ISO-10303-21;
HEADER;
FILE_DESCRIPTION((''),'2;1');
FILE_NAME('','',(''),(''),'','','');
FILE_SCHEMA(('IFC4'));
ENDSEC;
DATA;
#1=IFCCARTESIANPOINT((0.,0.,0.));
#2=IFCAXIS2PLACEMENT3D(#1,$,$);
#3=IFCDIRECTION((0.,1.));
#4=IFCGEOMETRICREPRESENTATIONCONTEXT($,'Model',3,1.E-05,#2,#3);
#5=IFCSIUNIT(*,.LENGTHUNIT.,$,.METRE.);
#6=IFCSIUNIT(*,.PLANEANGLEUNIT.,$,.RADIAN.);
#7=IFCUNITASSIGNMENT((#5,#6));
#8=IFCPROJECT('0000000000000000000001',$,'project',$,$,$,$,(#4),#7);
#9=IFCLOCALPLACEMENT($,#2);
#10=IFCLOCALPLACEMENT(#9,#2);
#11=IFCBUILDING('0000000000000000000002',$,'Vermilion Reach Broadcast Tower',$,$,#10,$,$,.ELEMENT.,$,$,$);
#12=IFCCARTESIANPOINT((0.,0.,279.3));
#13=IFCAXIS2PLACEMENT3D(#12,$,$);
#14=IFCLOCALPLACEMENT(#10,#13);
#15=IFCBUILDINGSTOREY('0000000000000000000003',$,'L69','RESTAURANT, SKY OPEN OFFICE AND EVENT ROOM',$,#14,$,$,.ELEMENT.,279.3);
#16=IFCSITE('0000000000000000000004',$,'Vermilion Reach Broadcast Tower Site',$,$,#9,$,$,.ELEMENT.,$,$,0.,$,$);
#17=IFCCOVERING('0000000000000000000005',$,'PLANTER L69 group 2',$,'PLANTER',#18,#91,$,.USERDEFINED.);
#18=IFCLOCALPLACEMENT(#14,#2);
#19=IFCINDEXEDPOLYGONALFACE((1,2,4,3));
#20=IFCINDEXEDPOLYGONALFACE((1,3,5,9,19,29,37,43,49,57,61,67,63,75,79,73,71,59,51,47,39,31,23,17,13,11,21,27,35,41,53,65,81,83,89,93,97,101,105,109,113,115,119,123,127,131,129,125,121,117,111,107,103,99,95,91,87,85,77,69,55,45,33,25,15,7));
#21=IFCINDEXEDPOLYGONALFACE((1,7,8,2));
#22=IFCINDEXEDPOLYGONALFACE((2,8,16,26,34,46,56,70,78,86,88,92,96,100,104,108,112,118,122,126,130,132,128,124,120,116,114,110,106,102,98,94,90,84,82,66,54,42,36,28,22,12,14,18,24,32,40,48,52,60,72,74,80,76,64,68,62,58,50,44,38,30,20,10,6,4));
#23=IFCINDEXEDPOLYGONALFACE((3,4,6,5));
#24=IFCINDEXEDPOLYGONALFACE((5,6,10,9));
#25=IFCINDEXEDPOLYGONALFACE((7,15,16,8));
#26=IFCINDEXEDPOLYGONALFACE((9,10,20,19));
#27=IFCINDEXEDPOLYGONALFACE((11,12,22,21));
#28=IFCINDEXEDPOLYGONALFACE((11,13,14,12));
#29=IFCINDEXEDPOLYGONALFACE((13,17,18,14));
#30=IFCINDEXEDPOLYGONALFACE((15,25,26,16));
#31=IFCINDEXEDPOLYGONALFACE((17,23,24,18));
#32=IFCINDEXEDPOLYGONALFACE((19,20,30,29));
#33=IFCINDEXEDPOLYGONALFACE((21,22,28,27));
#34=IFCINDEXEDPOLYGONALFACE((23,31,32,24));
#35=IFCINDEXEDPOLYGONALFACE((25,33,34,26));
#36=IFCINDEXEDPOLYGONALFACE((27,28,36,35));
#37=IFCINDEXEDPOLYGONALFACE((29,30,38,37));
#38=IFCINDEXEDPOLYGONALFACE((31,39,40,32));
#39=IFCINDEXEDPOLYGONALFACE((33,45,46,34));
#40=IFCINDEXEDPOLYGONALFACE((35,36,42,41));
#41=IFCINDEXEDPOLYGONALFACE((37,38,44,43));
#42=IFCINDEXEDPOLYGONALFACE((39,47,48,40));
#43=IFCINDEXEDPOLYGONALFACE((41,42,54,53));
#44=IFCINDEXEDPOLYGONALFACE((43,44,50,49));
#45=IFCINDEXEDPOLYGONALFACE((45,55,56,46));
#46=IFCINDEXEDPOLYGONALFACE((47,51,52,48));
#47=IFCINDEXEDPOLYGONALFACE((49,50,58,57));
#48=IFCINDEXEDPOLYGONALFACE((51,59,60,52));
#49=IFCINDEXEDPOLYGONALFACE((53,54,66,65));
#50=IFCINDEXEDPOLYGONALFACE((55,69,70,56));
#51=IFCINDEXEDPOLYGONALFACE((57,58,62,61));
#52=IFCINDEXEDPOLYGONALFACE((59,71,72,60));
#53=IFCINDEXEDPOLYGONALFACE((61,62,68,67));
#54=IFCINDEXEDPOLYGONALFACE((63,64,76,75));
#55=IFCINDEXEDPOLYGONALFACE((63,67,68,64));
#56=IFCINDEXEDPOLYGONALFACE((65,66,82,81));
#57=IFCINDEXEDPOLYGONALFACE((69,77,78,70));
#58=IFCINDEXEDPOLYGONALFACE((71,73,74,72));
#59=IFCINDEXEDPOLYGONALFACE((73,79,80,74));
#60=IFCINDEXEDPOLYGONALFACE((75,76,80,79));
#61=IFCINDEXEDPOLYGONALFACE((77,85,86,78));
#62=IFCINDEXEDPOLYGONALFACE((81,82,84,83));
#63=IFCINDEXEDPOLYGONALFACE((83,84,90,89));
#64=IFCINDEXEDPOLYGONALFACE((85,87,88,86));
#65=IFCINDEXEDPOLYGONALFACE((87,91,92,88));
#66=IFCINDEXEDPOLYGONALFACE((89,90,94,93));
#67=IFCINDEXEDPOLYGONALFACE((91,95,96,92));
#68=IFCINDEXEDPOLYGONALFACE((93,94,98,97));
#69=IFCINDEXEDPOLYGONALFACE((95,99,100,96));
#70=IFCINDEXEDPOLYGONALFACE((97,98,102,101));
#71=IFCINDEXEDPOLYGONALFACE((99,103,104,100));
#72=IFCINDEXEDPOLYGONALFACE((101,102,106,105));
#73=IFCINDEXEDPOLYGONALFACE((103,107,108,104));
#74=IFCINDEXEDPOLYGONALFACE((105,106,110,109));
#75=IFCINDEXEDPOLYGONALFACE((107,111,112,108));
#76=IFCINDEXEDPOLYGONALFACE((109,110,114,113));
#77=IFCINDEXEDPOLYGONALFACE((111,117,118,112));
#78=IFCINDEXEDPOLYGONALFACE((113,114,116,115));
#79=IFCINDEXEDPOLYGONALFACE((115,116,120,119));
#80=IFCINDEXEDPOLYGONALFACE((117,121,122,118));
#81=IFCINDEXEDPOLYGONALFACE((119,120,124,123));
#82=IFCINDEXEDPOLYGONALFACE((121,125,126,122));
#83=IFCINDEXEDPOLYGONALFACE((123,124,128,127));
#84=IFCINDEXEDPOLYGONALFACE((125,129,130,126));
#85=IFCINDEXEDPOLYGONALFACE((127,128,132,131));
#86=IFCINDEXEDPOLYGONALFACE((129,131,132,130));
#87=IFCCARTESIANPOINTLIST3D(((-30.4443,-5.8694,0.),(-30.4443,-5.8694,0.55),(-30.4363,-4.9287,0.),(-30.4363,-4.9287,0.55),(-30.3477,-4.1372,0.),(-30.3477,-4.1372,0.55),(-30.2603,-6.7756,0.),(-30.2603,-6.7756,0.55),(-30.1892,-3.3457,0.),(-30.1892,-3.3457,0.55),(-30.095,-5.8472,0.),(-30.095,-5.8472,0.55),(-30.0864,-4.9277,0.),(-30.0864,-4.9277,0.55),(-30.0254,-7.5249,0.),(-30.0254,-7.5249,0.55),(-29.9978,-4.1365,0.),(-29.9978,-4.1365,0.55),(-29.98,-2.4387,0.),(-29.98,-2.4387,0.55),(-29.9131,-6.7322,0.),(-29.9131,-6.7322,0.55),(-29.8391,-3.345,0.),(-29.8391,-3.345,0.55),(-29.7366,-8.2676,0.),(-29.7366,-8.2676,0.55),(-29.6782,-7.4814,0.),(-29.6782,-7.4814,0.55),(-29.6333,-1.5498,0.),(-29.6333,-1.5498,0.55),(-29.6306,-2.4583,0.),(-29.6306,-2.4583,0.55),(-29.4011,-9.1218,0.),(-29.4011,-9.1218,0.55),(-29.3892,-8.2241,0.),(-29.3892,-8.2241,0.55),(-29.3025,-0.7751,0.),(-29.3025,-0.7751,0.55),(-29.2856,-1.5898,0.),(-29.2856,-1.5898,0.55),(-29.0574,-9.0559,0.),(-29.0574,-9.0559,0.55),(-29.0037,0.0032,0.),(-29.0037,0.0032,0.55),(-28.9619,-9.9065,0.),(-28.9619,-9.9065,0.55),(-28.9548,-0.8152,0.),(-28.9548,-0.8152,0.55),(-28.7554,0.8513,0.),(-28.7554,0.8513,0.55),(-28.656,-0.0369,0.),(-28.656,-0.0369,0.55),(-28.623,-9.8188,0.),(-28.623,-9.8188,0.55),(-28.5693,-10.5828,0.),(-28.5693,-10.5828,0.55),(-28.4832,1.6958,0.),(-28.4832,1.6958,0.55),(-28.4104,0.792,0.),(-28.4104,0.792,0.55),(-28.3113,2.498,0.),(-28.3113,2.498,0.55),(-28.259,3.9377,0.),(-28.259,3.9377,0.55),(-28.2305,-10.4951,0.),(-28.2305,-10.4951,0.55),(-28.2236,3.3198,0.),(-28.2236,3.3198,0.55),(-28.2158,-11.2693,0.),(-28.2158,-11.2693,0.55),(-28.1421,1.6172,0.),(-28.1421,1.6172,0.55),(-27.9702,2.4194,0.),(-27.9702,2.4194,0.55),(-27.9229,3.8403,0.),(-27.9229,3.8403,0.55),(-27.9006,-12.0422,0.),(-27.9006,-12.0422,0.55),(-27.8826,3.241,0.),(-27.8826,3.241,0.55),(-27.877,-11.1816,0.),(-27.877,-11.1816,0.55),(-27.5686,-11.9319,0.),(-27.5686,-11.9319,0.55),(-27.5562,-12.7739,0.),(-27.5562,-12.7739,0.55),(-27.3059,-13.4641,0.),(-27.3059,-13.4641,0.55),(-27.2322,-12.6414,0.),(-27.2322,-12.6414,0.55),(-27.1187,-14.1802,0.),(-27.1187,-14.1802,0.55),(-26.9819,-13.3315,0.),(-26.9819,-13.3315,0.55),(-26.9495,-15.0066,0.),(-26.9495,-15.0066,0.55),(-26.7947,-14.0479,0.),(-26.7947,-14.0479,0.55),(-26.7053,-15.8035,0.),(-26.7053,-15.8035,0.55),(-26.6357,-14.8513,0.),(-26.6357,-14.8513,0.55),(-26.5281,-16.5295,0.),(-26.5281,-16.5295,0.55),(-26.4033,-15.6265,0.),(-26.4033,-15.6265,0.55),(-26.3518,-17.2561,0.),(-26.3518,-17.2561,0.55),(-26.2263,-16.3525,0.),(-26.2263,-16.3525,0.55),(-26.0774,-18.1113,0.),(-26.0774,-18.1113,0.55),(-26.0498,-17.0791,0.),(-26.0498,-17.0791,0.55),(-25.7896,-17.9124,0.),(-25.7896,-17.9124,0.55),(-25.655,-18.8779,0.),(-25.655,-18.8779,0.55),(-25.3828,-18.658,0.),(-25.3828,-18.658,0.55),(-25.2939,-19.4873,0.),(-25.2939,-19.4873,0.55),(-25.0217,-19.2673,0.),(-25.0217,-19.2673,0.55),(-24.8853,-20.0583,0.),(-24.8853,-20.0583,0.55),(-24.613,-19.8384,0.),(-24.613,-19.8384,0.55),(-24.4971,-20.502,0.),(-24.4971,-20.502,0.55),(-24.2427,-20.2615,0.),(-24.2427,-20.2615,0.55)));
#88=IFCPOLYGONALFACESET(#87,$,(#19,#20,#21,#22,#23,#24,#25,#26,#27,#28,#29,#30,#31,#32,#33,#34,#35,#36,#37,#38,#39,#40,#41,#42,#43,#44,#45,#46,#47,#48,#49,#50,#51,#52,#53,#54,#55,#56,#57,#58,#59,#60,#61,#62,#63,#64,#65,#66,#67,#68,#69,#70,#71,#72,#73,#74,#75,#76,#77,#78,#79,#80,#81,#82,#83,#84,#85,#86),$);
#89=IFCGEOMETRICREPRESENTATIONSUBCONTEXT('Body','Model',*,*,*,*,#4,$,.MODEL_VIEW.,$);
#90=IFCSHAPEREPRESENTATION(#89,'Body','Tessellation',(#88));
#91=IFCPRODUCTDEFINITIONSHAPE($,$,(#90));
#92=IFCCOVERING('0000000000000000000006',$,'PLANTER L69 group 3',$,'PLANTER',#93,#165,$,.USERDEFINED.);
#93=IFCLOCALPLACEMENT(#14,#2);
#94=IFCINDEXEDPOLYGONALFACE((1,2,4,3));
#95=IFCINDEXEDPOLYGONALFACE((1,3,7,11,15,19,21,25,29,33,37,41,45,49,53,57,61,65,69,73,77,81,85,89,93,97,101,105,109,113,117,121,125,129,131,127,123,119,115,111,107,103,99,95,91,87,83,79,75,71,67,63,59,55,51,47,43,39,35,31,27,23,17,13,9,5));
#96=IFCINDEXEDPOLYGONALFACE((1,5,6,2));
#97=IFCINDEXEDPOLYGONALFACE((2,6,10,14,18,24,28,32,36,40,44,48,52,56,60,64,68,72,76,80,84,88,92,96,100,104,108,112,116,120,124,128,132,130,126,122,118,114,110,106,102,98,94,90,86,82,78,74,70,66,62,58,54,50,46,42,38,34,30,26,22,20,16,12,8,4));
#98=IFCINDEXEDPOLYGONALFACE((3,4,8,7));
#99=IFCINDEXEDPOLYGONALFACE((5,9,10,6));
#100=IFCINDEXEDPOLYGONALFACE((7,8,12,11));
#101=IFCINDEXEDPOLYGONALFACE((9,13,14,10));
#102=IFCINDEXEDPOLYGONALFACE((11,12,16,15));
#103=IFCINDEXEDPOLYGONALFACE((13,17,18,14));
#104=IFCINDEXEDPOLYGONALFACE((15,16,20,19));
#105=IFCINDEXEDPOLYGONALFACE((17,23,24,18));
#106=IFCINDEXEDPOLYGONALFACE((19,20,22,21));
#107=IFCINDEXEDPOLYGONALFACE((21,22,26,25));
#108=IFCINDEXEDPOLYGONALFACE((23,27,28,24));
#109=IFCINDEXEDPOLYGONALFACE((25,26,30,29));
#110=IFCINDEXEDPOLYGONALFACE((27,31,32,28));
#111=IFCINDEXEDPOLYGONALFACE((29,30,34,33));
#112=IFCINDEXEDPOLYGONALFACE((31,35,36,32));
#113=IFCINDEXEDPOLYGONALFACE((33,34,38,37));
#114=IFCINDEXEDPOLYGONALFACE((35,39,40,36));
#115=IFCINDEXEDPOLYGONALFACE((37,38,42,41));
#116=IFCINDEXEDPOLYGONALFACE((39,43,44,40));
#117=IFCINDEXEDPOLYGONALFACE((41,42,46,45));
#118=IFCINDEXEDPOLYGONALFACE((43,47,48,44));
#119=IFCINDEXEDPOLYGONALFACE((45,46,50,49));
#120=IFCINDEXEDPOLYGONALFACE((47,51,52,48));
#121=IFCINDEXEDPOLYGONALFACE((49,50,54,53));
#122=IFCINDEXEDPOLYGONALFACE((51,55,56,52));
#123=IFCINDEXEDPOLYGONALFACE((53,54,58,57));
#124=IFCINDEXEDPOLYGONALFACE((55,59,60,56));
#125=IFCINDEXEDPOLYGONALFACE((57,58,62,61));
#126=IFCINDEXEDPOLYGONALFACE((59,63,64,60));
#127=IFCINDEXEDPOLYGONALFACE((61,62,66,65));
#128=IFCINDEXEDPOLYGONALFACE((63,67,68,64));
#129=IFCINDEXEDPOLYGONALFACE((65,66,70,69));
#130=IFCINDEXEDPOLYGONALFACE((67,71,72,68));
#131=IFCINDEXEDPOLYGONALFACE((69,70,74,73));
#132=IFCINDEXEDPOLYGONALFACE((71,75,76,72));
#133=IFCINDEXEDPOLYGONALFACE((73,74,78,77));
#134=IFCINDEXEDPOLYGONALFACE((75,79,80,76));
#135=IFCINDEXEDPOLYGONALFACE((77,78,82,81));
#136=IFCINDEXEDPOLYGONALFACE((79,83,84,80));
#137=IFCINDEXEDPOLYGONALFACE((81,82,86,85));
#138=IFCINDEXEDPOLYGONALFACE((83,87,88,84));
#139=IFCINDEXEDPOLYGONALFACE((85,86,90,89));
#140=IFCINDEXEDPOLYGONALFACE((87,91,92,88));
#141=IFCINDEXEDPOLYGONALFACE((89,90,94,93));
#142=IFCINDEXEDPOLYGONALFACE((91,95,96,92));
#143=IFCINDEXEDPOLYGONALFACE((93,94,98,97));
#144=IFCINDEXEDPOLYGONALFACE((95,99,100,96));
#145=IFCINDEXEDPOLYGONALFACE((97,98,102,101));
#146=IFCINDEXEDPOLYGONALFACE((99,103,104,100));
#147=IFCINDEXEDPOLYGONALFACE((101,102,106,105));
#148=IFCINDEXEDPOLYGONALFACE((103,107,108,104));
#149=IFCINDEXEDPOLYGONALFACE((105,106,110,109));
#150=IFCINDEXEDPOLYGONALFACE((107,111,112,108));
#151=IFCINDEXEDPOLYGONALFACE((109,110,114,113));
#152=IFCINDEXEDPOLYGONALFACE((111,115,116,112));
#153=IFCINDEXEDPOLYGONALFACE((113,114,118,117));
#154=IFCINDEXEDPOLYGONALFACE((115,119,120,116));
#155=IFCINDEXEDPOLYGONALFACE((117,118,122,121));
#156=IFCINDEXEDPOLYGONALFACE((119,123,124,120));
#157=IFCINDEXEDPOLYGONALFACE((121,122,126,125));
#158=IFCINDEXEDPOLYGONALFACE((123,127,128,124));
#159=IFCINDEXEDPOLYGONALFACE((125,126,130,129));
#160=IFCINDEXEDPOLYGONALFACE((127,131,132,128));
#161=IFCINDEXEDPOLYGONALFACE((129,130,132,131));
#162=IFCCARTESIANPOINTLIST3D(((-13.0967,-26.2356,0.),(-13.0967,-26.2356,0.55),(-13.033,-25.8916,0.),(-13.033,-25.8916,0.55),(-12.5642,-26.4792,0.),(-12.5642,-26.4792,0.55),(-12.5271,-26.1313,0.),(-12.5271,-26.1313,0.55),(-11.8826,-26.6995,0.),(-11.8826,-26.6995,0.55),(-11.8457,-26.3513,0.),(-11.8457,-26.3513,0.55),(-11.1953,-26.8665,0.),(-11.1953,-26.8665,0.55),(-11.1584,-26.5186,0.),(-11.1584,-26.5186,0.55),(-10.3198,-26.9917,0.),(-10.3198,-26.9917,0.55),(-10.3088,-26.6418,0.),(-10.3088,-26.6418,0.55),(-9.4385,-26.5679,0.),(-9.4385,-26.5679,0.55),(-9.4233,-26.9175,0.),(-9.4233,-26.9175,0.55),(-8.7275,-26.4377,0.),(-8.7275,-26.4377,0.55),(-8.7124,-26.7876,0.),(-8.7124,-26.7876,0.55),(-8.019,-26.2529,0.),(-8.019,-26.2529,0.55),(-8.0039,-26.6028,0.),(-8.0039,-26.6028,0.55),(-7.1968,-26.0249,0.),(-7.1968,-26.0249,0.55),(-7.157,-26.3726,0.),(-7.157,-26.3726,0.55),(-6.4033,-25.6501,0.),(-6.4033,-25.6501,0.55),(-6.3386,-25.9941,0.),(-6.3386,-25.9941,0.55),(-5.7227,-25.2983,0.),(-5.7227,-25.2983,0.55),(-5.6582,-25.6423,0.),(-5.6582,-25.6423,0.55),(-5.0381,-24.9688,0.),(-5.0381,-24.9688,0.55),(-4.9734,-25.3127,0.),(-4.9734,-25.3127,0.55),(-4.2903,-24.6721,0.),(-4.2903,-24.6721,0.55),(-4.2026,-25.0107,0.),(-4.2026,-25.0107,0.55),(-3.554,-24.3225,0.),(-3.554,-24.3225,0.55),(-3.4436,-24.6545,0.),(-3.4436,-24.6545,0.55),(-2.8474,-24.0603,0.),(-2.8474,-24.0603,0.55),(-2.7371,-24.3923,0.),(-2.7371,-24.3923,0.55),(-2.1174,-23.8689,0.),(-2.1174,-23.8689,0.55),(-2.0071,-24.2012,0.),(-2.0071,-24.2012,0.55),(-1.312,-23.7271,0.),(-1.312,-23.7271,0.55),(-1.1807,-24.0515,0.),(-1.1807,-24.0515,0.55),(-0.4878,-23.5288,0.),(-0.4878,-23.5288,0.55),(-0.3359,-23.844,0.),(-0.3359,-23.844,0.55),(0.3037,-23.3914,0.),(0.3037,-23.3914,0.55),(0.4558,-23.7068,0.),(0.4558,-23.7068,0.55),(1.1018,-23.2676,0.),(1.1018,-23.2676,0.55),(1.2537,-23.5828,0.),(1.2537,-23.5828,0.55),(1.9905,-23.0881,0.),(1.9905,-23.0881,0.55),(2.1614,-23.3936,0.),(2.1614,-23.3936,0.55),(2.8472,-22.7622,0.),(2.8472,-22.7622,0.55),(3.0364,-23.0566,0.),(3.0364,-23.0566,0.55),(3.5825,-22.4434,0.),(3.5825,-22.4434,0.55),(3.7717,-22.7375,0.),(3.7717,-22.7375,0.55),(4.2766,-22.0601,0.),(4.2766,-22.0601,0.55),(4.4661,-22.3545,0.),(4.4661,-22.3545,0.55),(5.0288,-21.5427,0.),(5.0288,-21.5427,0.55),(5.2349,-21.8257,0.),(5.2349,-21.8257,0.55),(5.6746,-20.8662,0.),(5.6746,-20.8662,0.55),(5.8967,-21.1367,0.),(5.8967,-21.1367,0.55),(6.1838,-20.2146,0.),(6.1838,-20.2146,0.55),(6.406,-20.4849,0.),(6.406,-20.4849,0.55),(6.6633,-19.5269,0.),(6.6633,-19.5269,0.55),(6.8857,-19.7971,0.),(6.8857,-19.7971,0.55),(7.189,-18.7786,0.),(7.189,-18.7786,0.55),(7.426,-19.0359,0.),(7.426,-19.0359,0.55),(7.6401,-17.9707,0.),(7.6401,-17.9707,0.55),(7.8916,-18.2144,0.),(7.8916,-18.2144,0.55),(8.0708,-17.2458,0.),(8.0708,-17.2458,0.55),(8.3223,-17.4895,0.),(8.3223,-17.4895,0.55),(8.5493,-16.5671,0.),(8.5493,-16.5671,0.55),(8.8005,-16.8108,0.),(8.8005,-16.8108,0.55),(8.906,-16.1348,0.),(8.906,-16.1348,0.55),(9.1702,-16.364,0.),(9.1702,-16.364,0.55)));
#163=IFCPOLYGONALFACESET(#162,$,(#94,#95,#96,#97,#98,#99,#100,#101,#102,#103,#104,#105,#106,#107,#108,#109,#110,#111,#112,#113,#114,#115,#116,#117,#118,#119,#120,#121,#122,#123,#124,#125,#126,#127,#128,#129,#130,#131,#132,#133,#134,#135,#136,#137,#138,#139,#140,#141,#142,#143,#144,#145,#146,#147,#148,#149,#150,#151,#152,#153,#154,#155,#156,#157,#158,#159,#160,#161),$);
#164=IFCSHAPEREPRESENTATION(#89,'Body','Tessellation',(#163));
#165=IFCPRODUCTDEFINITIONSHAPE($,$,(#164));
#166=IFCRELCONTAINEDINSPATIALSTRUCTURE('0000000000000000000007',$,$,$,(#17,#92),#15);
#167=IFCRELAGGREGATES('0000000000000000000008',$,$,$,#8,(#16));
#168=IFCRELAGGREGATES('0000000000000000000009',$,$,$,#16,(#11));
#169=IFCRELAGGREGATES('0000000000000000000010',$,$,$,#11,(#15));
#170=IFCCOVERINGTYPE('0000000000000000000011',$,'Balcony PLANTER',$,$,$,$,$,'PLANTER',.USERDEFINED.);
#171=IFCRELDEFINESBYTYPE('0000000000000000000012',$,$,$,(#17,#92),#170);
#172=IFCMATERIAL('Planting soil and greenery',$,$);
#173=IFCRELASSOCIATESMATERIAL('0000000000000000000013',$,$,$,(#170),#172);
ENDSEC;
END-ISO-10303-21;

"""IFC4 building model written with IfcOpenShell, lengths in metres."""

from ifc_helpers import new_model, si_unit, direction, frame, origin, place, context, subcontext, project, spatial, polyline, outline, extrude, material, type_object, element, save


model = new_model("IFC4")

# Units and contexts
model_context = context("Model", 3, precision=1e-05, world=origin(), true_north=direction((0.0, 1.0)))
body_context = subcontext(model_context, "Body", "Model", "MODEL_VIEW")
ifc_project = project(units=[si_unit("LENGTHUNIT", "METRE"), si_unit("PLANEANGLEUNIT", "RADIAN")], contexts=[model_context])

# Site, building, storey
site_placement = place(None, origin())
site = spatial("IfcSite", under=ifc_project, at=site_placement, Name="Vermilion Reach Broadcast Tower Site", CompositionType="ELEMENT", RefElevation=0.0)
building_placement = place(site_placement, origin())
building = spatial("IfcBuilding", under=site, at=building_placement, Name="Vermilion Reach Broadcast Tower", CompositionType="ELEMENT")
storey_placement = place(building_placement, frame((0.0, 0.0, 279.3)))
storey = spatial("IfcBuildingStorey", under=building, at=storey_placement, Name="L69", Description="RESTAURANT, SKY OPEN OFFICE AND EVENT ROOM", CompositionType="ELEMENT", Elevation=279.3)

# Shared definitions
placement_1 = place(storey_placement, origin())

# Coverings
ifc_material_1 = material(Name="Planting soil and greenery")
covering_type = type_object("IfcCoveringType", Name="Balcony PLANTER", ElementType="PLANTER", PredefinedType="USERDEFINED", material=ifc_material_1)
element("IfcCovering", 1, at=placement_1, inside=storey, type_object=covering_type, Name="PLANTER L69 group 2", ObjectType="PLANTER", PredefinedType="USERDEFINED", context=body_context, shape_type="SweptSolid", body=[
    extrude(outline(polyline([(-28.259, 3.9377), (-28.2236, 3.3198), (-28.3113, 2.498), (-28.4832, 1.6958), (-28.7554, 0.8513), (-29.0037, 0.0032), (-29.3025, -0.7751), (-29.6333, -1.5498), (-29.98, -2.4387), (-30.1892, -3.3457), (-30.3477, -4.1372), (-30.4363, -4.9287), (-30.4443, -5.8694), (-30.2603, -6.7756), (-30.0254, -7.5249), (-29.7366, -8.2676), (-29.4011, -9.1218), (-28.9619, -9.9065), (-28.5693, -10.5828), (-28.2158, -11.2693), (-27.9006, -12.0422), (-27.5562, -12.7739), (-27.3059, -13.4641), (-27.1187, -14.1802), (-26.9495, -15.0066), (-26.7053, -15.8035), (-26.5281, -16.5295), (-26.3518, -17.2561), (-26.0774, -18.1113), (-25.655, -18.8779), (-25.2939, -19.4873), (-24.8853, -20.0583), (-24.4971, -20.502), (-24.2427, -20.2615), (-24.613, -19.8384), (-25.0217, -19.2673), (-25.3828, -18.658), (-25.7896, -17.9124), (-26.0498, -17.0791), (-26.2263, -16.3525), (-26.4033, -15.6265), (-26.6357, -14.8513), (-26.7947, -14.0479), (-26.9819, -13.3315), (-27.2322, -12.6414), (-27.5686, -11.9319), (-27.877, -11.1816), (-28.2305, -10.4951), (-28.623, -9.8188), (-29.0574, -9.0559), (-29.3892, -8.2241), (-29.6782, -7.4814), (-29.9131, -6.7322), (-30.095, -5.8472), (-30.0864, -4.9277), (-29.9978, -4.1365), (-29.8391, -3.345), (-29.6306, -2.4583), (-29.2856, -1.5898), (-28.9548, -0.8152), (-28.656, -0.0369), (-28.4104, 0.792), (-28.1421, 1.6172), (-27.9702, 2.4194), (-27.8826, 3.241), (-27.9229, 3.8403), (-28.259, 3.9377)])), origin(), (0.0, 0.0, 1.0), 0.55),
])
element("IfcCovering", 2, at=placement_1, inside=storey, type_object=covering_type, Name="PLANTER L69 group 3", ObjectType="PLANTER", PredefinedType="USERDEFINED", context=body_context, shape_type="SweptSolid", body=[
    extrude(outline(polyline([(-13.0967, -26.2356), (-12.5642, -26.4792), (-11.8826, -26.6995), (-11.1953, -26.8665), (-10.3198, -26.9917), (-9.4233, -26.9175), (-8.7124, -26.7876), (-8.0039, -26.6028), (-7.157, -26.3726), (-6.3386, -25.9941), (-5.6582, -25.6423), (-4.9734, -25.3127), (-4.2026, -25.0107), (-3.4436, -24.6545), (-2.7371, -24.3923), (-2.0071, -24.2012), (-1.1807, -24.0515), (-0.3359, -23.844), (0.4558, -23.7068), (1.2537, -23.5828), (2.1614, -23.3936), (3.0364, -23.0566), (3.7717, -22.7375), (4.4661, -22.3545), (5.2349, -21.8257), (5.8967, -21.1367), (6.406, -20.4849), (6.8857, -19.7971), (7.426, -19.0359), (7.8916, -18.2144), (8.3223, -17.4895), (8.8005, -16.8108), (9.1702, -16.364), (8.906, -16.1348), (8.5493, -16.5671), (8.0708, -17.2458), (7.6401, -17.9707), (7.189, -18.7786), (6.6633, -19.5269), (6.1838, -20.2146), (5.6746, -20.8662), (5.0288, -21.5427), (4.2766, -22.0601), (3.5825, -22.4434), (2.8472, -22.7622), (1.9905, -23.0881), (1.1018, -23.2676), (0.3037, -23.3914), (-0.4878, -23.5288), (-1.312, -23.7271), (-2.1174, -23.8689), (-2.8474, -24.0603), (-3.554, -24.3225), (-4.2903, -24.6721), (-5.0381, -24.9688), (-5.7227, -25.2983), (-6.4033, -25.6501), (-7.1968, -26.0249), (-8.019, -26.2529), (-8.7275, -26.4377), (-9.4385, -26.5679), (-10.3088, -26.6418), (-11.1584, -26.5186), (-11.8457, -26.3513), (-12.5271, -26.1313), (-13.033, -25.8916), (-13.0967, -26.2356)])), origin(), (0.0, 0.0, 1.0), 0.55),
])

save(model, "model.ifc")
